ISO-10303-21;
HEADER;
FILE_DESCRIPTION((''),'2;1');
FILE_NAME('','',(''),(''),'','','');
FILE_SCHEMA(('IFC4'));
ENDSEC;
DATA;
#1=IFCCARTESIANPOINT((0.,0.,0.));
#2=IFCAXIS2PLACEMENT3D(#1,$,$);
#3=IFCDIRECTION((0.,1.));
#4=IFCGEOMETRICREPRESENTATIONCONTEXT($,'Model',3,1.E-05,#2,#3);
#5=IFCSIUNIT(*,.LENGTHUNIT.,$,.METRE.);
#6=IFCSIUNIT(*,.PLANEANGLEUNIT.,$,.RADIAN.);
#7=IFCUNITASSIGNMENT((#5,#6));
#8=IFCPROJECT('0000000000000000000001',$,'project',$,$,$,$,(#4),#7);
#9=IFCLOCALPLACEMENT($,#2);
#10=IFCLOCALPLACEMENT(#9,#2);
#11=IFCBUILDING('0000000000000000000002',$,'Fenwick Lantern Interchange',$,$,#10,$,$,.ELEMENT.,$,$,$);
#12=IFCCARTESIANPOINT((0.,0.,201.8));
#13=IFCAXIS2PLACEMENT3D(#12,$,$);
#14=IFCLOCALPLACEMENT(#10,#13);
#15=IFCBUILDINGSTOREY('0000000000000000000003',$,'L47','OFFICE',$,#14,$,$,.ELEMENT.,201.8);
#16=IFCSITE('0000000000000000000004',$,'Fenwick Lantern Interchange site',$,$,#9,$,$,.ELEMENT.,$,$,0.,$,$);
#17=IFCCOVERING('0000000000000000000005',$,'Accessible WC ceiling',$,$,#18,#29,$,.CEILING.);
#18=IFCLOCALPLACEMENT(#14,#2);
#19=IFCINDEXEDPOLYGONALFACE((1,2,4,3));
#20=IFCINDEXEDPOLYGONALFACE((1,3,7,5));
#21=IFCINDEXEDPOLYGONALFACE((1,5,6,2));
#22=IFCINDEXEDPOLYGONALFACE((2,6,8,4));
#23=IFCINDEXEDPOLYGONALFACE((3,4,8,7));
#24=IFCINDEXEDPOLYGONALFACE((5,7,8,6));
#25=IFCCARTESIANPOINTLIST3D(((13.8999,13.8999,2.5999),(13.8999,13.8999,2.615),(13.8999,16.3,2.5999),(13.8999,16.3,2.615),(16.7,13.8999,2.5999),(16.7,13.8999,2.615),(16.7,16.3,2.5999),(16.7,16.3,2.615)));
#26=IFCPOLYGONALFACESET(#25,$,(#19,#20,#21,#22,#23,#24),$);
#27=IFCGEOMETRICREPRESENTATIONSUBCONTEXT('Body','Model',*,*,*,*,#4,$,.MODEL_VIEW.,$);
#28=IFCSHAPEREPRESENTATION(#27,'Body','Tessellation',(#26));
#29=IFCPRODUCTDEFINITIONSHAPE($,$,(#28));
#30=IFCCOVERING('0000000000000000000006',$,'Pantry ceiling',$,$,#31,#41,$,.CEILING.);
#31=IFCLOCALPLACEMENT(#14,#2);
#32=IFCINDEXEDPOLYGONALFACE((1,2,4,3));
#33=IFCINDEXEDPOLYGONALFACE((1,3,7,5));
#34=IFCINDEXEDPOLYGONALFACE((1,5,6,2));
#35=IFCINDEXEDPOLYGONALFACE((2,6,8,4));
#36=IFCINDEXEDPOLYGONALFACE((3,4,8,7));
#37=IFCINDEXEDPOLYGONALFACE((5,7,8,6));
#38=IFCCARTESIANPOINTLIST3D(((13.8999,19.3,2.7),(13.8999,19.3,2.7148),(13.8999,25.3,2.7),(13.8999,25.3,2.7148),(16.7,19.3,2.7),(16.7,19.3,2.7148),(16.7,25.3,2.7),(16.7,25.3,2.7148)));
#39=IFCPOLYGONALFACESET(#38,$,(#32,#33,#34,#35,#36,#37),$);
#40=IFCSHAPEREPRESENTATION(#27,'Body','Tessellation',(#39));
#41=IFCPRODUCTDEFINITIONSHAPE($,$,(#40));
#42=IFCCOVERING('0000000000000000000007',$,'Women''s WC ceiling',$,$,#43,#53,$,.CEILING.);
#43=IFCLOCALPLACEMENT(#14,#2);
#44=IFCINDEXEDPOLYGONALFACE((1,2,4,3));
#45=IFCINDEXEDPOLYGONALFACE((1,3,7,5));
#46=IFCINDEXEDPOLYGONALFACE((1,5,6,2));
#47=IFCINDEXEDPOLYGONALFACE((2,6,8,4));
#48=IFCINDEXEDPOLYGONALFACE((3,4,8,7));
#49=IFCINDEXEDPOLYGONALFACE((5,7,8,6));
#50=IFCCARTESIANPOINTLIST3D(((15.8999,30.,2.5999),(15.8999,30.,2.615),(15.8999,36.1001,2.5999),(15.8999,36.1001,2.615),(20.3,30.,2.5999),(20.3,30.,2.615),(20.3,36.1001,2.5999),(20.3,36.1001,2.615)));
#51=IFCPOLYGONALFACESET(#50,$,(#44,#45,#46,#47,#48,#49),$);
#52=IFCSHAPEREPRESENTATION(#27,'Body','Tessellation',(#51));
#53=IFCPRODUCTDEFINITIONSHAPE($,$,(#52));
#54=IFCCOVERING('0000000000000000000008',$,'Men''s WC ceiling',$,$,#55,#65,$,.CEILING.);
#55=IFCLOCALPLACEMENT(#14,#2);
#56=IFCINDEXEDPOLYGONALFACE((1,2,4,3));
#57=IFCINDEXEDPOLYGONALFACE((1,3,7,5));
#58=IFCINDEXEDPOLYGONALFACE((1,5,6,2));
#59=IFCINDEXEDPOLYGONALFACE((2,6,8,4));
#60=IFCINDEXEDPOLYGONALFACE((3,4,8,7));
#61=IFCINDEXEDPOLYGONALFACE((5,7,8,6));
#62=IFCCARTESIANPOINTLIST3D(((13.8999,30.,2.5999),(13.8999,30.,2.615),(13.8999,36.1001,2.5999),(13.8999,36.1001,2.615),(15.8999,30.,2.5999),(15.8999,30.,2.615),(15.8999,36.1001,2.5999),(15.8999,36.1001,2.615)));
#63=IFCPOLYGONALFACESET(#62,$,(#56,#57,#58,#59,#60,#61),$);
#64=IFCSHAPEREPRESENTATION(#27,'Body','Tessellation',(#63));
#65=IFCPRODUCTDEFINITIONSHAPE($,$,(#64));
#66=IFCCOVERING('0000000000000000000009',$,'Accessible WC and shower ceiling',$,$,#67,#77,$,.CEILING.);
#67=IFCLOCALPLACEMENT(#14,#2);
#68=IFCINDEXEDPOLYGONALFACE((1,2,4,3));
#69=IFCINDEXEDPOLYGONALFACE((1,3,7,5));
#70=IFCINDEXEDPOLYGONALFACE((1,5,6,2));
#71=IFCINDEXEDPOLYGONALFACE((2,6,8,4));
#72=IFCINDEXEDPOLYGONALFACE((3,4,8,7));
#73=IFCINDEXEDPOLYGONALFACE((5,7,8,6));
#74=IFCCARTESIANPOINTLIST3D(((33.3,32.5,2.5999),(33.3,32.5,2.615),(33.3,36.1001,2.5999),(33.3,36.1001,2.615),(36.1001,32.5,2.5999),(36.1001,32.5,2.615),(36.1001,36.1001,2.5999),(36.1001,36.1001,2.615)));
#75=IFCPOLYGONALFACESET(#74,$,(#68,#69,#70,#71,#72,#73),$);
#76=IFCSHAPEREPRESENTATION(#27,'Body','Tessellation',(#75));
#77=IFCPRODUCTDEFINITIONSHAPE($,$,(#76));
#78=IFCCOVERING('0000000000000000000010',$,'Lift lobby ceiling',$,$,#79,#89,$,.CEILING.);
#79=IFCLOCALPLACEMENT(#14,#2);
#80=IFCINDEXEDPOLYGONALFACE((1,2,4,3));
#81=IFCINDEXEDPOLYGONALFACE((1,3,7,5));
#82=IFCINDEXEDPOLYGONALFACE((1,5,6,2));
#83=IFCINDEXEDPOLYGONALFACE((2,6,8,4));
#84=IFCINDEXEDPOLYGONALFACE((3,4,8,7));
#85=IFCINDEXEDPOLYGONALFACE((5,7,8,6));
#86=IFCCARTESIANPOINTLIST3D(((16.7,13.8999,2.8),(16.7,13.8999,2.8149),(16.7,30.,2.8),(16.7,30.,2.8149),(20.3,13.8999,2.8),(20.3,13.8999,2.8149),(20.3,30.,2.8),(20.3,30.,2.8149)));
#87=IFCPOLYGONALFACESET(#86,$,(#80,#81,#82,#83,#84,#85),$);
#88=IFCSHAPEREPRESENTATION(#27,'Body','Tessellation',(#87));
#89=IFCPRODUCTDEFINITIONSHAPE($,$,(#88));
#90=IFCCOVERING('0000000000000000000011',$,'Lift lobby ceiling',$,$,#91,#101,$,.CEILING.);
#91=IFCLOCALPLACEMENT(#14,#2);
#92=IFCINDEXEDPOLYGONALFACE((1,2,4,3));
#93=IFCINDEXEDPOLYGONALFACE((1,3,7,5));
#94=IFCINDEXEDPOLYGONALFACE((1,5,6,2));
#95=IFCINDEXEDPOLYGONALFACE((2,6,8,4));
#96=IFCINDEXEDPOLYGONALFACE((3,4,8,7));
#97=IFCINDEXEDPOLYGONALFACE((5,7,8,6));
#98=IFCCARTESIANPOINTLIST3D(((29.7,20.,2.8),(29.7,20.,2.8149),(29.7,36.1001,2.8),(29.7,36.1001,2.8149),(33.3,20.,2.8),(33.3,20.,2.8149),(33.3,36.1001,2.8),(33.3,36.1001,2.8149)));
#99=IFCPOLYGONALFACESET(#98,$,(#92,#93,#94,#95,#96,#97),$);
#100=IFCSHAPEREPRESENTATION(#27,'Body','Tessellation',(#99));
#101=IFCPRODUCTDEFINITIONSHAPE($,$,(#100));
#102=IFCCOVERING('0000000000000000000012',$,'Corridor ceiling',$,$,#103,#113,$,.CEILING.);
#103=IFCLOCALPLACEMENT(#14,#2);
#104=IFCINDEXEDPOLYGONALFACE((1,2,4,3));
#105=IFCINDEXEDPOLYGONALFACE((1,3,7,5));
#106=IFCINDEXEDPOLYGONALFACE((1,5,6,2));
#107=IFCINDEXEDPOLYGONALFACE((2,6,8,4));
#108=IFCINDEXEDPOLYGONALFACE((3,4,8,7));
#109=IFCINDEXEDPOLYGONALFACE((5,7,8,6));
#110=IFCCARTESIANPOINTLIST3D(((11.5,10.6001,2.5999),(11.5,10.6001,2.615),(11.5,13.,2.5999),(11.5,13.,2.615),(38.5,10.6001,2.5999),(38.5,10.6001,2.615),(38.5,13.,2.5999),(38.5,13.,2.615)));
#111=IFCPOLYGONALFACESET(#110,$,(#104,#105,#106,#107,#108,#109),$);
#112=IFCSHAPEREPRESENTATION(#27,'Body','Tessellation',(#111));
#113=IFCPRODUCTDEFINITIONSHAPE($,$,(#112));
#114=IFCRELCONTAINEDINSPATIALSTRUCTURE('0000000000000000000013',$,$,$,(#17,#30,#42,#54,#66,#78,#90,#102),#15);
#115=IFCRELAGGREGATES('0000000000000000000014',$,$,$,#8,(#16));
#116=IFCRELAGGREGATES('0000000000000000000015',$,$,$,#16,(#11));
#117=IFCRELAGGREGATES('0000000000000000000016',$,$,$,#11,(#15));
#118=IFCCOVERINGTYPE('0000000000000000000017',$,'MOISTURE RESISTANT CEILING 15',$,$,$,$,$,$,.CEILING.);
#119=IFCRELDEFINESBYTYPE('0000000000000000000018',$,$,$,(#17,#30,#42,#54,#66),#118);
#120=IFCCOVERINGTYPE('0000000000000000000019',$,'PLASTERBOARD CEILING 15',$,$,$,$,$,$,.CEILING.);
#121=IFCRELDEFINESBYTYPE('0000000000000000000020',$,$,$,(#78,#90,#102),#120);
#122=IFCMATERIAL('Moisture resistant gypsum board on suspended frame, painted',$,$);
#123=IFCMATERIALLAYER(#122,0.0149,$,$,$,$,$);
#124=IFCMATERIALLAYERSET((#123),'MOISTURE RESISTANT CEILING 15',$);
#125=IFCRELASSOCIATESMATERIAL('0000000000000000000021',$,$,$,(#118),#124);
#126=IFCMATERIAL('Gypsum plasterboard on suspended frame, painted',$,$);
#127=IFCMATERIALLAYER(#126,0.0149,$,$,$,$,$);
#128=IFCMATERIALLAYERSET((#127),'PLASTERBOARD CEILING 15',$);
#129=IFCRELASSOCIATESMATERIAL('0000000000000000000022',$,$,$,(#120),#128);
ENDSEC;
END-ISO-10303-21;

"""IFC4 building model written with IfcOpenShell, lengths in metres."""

from ifc_helpers import new_model, si_unit, direction, frame, origin, place, context, subcontext, project, spatial, polyline, outline, extrude, material, layer, layer_set, type_object, element, save


model = new_model("IFC4")

# Units and contexts
model_context = context("Model", 3, precision=1e-05, world=origin(), true_north=direction((0.0, 1.0)))
body_context = subcontext(model_context, "Body", "Model", "MODEL_VIEW")
ifc_project = project(units=[si_unit("LENGTHUNIT", "METRE"), si_unit("PLANEANGLEUNIT", "RADIAN")], contexts=[model_context])

# Site, building, storey
site_placement = place(None, origin())
site = spatial("IfcSite", under=ifc_project, at=site_placement, Name="Fenwick Lantern Interchange site", CompositionType="ELEMENT", RefElevation=0.0)
building_placement = place(site_placement, origin())
building = spatial("IfcBuilding", under=site, at=building_placement, Name="Fenwick Lantern Interchange", CompositionType="ELEMENT")
storey_placement = place(building_placement, frame((0.0, 0.0, 201.8)))
storey = spatial("IfcBuildingStorey", under=building, at=storey_placement, Name="L47", Description="OFFICE", CompositionType="ELEMENT", Elevation=201.8)

# Coverings
ifc_material_1 = material(Name="Moisture resistant gypsum board on suspended frame, painted")
ifc_layer_1 = layer(ifc_material_1, 0.0149)
ifc_layer_set_1 = layer_set([ifc_layer_1], Name="MOISTURE RESISTANT CEILING 15")
covering_type_1 = type_object("IfcCoveringType", Name="MOISTURE RESISTANT CEILING 15", PredefinedType="CEILING", material=ifc_layer_set_1)
covering_1_placement = place(storey_placement, frame((0.0, 0.0, 2.5999)))
element("IfcCovering", 1, at=covering_1_placement, inside=storey, type_object=covering_type_1, Name="Accessible WC ceiling", PredefinedType="CEILING", context=body_context, shape_type="SweptSolid", body=[
    extrude(outline(polyline([(13.8999, 13.8999), (16.7, 13.8999), (16.7, 16.3), (13.8999, 16.3), (13.8999, 13.8999)])), origin(), (0.0, 0.0, 1.0), 0.0151),
])
covering_2_placement = place(storey_placement, frame((0.0, 0.0, 2.7)))
element("IfcCovering", 2, at=covering_2_placement, inside=storey, type_object=covering_type_1, Name="Pantry ceiling", PredefinedType="CEILING", context=body_context, shape_type="SweptSolid", body=[
    extrude(outline(polyline([(13.8999, 19.3), (16.7, 19.3), (16.7, 25.3), (13.8999, 25.3), (13.8999, 19.3)])), origin(), (0.0, 0.0, 1.0), 0.0149),
])
covering_3_placement = place(storey_placement, frame((0.0, 0.0, 2.5999)))
element("IfcCovering", 3, at=covering_3_placement, inside=storey, type_object=covering_type_1, Name="Women's WC ceiling", PredefinedType="CEILING", context=body_context, shape_type="SweptSolid", body=[
    extrude(outline(polyline([(20.3, 36.1001), (15.8999, 36.1001), (15.8999, 30.0), (20.3, 30.0), (20.3, 36.1001)])), origin(), (0.0, 0.0, 1.0), 0.0151),
])
covering_4_placement = place(storey_placement, frame((0.0, 0.0, 2.5999)))
element("IfcCovering", 4, at=covering_4_placement, inside=storey, type_object=covering_type_1, Name="Men's WC ceiling", PredefinedType="CEILING", context=body_context, shape_type="SweptSolid", body=[
    extrude(outline(polyline([(15.8999, 36.1001), (13.8999, 36.1001), (13.8999, 30.0), (15.8999, 30.0), (15.8999, 36.1001)])), origin(), (0.0, 0.0, 1.0), 0.0151),
])
covering_5_placement = place(storey_placement, frame((0.0, 0.0, 2.5999)))
element("IfcCovering", 5, at=covering_5_placement, inside=storey, type_object=covering_type_1, Name="Accessible WC and shower ceiling", PredefinedType="CEILING", context=body_context, shape_type="SweptSolid", body=[
    extrude(outline(polyline([(36.1001, 36.1001), (33.3, 36.1001), (33.3, 32.5), (36.1001, 32.5), (36.1001, 36.1001)])), origin(), (0.0, 0.0, 1.0), 0.0151),
])
ifc_material_2 = material(Name="Gypsum plasterboard on suspended frame, painted")
ifc_layer_2 = layer(ifc_material_2, 0.0149)
ifc_layer_set_2 = layer_set([ifc_layer_2], Name="PLASTERBOARD CEILING 15")
covering_type_2 = type_object("IfcCoveringType", Name="PLASTERBOARD CEILING 15", PredefinedType="CEILING", material=ifc_layer_set_2)
covering_6_placement = place(storey_placement, frame((0.0, 0.0, 2.8)))
element("IfcCovering", 6, at=covering_6_placement, inside=storey, type_object=covering_type_2, Name="Lift lobby ceiling", PredefinedType="CEILING", context=body_context, shape_type="SweptSolid", body=[
    extrude(outline(polyline([(16.7, 13.8999), (20.3, 13.8999), (20.3, 30.0), (16.7, 30.0), (16.7, 13.8999)])), origin(), (0.0, 0.0, 1.0), 0.0149),
])
covering_7_placement = place(storey_placement, frame((0.0, 0.0, 2.8)))
element("IfcCovering", 7, at=covering_7_placement, inside=storey, type_object=covering_type_2, Name="Lift lobby ceiling", PredefinedType="CEILING", context=body_context, shape_type="SweptSolid", body=[
    extrude(outline(polyline([(33.3, 36.1001), (29.7, 36.1001), (29.7, 20.0), (33.3, 20.0), (33.3, 36.1001)])), origin(), (0.0, 0.0, 1.0), 0.0149),
])
covering_8_placement = place(storey_placement, frame((0.0, 0.0, 2.5999)))
element("IfcCovering", 8, at=covering_8_placement, inside=storey, type_object=covering_type_2, Name="Corridor ceiling", PredefinedType="CEILING", context=body_context, shape_type="SweptSolid", body=[
    extrude(outline(polyline([(11.5, 10.6001), (38.5, 10.6001), (38.5, 13.0), (11.5, 13.0), (11.5, 10.6001)])), origin(), (0.0, 0.0, 1.0), 0.0151),
])

save(model, "model.ifc")
